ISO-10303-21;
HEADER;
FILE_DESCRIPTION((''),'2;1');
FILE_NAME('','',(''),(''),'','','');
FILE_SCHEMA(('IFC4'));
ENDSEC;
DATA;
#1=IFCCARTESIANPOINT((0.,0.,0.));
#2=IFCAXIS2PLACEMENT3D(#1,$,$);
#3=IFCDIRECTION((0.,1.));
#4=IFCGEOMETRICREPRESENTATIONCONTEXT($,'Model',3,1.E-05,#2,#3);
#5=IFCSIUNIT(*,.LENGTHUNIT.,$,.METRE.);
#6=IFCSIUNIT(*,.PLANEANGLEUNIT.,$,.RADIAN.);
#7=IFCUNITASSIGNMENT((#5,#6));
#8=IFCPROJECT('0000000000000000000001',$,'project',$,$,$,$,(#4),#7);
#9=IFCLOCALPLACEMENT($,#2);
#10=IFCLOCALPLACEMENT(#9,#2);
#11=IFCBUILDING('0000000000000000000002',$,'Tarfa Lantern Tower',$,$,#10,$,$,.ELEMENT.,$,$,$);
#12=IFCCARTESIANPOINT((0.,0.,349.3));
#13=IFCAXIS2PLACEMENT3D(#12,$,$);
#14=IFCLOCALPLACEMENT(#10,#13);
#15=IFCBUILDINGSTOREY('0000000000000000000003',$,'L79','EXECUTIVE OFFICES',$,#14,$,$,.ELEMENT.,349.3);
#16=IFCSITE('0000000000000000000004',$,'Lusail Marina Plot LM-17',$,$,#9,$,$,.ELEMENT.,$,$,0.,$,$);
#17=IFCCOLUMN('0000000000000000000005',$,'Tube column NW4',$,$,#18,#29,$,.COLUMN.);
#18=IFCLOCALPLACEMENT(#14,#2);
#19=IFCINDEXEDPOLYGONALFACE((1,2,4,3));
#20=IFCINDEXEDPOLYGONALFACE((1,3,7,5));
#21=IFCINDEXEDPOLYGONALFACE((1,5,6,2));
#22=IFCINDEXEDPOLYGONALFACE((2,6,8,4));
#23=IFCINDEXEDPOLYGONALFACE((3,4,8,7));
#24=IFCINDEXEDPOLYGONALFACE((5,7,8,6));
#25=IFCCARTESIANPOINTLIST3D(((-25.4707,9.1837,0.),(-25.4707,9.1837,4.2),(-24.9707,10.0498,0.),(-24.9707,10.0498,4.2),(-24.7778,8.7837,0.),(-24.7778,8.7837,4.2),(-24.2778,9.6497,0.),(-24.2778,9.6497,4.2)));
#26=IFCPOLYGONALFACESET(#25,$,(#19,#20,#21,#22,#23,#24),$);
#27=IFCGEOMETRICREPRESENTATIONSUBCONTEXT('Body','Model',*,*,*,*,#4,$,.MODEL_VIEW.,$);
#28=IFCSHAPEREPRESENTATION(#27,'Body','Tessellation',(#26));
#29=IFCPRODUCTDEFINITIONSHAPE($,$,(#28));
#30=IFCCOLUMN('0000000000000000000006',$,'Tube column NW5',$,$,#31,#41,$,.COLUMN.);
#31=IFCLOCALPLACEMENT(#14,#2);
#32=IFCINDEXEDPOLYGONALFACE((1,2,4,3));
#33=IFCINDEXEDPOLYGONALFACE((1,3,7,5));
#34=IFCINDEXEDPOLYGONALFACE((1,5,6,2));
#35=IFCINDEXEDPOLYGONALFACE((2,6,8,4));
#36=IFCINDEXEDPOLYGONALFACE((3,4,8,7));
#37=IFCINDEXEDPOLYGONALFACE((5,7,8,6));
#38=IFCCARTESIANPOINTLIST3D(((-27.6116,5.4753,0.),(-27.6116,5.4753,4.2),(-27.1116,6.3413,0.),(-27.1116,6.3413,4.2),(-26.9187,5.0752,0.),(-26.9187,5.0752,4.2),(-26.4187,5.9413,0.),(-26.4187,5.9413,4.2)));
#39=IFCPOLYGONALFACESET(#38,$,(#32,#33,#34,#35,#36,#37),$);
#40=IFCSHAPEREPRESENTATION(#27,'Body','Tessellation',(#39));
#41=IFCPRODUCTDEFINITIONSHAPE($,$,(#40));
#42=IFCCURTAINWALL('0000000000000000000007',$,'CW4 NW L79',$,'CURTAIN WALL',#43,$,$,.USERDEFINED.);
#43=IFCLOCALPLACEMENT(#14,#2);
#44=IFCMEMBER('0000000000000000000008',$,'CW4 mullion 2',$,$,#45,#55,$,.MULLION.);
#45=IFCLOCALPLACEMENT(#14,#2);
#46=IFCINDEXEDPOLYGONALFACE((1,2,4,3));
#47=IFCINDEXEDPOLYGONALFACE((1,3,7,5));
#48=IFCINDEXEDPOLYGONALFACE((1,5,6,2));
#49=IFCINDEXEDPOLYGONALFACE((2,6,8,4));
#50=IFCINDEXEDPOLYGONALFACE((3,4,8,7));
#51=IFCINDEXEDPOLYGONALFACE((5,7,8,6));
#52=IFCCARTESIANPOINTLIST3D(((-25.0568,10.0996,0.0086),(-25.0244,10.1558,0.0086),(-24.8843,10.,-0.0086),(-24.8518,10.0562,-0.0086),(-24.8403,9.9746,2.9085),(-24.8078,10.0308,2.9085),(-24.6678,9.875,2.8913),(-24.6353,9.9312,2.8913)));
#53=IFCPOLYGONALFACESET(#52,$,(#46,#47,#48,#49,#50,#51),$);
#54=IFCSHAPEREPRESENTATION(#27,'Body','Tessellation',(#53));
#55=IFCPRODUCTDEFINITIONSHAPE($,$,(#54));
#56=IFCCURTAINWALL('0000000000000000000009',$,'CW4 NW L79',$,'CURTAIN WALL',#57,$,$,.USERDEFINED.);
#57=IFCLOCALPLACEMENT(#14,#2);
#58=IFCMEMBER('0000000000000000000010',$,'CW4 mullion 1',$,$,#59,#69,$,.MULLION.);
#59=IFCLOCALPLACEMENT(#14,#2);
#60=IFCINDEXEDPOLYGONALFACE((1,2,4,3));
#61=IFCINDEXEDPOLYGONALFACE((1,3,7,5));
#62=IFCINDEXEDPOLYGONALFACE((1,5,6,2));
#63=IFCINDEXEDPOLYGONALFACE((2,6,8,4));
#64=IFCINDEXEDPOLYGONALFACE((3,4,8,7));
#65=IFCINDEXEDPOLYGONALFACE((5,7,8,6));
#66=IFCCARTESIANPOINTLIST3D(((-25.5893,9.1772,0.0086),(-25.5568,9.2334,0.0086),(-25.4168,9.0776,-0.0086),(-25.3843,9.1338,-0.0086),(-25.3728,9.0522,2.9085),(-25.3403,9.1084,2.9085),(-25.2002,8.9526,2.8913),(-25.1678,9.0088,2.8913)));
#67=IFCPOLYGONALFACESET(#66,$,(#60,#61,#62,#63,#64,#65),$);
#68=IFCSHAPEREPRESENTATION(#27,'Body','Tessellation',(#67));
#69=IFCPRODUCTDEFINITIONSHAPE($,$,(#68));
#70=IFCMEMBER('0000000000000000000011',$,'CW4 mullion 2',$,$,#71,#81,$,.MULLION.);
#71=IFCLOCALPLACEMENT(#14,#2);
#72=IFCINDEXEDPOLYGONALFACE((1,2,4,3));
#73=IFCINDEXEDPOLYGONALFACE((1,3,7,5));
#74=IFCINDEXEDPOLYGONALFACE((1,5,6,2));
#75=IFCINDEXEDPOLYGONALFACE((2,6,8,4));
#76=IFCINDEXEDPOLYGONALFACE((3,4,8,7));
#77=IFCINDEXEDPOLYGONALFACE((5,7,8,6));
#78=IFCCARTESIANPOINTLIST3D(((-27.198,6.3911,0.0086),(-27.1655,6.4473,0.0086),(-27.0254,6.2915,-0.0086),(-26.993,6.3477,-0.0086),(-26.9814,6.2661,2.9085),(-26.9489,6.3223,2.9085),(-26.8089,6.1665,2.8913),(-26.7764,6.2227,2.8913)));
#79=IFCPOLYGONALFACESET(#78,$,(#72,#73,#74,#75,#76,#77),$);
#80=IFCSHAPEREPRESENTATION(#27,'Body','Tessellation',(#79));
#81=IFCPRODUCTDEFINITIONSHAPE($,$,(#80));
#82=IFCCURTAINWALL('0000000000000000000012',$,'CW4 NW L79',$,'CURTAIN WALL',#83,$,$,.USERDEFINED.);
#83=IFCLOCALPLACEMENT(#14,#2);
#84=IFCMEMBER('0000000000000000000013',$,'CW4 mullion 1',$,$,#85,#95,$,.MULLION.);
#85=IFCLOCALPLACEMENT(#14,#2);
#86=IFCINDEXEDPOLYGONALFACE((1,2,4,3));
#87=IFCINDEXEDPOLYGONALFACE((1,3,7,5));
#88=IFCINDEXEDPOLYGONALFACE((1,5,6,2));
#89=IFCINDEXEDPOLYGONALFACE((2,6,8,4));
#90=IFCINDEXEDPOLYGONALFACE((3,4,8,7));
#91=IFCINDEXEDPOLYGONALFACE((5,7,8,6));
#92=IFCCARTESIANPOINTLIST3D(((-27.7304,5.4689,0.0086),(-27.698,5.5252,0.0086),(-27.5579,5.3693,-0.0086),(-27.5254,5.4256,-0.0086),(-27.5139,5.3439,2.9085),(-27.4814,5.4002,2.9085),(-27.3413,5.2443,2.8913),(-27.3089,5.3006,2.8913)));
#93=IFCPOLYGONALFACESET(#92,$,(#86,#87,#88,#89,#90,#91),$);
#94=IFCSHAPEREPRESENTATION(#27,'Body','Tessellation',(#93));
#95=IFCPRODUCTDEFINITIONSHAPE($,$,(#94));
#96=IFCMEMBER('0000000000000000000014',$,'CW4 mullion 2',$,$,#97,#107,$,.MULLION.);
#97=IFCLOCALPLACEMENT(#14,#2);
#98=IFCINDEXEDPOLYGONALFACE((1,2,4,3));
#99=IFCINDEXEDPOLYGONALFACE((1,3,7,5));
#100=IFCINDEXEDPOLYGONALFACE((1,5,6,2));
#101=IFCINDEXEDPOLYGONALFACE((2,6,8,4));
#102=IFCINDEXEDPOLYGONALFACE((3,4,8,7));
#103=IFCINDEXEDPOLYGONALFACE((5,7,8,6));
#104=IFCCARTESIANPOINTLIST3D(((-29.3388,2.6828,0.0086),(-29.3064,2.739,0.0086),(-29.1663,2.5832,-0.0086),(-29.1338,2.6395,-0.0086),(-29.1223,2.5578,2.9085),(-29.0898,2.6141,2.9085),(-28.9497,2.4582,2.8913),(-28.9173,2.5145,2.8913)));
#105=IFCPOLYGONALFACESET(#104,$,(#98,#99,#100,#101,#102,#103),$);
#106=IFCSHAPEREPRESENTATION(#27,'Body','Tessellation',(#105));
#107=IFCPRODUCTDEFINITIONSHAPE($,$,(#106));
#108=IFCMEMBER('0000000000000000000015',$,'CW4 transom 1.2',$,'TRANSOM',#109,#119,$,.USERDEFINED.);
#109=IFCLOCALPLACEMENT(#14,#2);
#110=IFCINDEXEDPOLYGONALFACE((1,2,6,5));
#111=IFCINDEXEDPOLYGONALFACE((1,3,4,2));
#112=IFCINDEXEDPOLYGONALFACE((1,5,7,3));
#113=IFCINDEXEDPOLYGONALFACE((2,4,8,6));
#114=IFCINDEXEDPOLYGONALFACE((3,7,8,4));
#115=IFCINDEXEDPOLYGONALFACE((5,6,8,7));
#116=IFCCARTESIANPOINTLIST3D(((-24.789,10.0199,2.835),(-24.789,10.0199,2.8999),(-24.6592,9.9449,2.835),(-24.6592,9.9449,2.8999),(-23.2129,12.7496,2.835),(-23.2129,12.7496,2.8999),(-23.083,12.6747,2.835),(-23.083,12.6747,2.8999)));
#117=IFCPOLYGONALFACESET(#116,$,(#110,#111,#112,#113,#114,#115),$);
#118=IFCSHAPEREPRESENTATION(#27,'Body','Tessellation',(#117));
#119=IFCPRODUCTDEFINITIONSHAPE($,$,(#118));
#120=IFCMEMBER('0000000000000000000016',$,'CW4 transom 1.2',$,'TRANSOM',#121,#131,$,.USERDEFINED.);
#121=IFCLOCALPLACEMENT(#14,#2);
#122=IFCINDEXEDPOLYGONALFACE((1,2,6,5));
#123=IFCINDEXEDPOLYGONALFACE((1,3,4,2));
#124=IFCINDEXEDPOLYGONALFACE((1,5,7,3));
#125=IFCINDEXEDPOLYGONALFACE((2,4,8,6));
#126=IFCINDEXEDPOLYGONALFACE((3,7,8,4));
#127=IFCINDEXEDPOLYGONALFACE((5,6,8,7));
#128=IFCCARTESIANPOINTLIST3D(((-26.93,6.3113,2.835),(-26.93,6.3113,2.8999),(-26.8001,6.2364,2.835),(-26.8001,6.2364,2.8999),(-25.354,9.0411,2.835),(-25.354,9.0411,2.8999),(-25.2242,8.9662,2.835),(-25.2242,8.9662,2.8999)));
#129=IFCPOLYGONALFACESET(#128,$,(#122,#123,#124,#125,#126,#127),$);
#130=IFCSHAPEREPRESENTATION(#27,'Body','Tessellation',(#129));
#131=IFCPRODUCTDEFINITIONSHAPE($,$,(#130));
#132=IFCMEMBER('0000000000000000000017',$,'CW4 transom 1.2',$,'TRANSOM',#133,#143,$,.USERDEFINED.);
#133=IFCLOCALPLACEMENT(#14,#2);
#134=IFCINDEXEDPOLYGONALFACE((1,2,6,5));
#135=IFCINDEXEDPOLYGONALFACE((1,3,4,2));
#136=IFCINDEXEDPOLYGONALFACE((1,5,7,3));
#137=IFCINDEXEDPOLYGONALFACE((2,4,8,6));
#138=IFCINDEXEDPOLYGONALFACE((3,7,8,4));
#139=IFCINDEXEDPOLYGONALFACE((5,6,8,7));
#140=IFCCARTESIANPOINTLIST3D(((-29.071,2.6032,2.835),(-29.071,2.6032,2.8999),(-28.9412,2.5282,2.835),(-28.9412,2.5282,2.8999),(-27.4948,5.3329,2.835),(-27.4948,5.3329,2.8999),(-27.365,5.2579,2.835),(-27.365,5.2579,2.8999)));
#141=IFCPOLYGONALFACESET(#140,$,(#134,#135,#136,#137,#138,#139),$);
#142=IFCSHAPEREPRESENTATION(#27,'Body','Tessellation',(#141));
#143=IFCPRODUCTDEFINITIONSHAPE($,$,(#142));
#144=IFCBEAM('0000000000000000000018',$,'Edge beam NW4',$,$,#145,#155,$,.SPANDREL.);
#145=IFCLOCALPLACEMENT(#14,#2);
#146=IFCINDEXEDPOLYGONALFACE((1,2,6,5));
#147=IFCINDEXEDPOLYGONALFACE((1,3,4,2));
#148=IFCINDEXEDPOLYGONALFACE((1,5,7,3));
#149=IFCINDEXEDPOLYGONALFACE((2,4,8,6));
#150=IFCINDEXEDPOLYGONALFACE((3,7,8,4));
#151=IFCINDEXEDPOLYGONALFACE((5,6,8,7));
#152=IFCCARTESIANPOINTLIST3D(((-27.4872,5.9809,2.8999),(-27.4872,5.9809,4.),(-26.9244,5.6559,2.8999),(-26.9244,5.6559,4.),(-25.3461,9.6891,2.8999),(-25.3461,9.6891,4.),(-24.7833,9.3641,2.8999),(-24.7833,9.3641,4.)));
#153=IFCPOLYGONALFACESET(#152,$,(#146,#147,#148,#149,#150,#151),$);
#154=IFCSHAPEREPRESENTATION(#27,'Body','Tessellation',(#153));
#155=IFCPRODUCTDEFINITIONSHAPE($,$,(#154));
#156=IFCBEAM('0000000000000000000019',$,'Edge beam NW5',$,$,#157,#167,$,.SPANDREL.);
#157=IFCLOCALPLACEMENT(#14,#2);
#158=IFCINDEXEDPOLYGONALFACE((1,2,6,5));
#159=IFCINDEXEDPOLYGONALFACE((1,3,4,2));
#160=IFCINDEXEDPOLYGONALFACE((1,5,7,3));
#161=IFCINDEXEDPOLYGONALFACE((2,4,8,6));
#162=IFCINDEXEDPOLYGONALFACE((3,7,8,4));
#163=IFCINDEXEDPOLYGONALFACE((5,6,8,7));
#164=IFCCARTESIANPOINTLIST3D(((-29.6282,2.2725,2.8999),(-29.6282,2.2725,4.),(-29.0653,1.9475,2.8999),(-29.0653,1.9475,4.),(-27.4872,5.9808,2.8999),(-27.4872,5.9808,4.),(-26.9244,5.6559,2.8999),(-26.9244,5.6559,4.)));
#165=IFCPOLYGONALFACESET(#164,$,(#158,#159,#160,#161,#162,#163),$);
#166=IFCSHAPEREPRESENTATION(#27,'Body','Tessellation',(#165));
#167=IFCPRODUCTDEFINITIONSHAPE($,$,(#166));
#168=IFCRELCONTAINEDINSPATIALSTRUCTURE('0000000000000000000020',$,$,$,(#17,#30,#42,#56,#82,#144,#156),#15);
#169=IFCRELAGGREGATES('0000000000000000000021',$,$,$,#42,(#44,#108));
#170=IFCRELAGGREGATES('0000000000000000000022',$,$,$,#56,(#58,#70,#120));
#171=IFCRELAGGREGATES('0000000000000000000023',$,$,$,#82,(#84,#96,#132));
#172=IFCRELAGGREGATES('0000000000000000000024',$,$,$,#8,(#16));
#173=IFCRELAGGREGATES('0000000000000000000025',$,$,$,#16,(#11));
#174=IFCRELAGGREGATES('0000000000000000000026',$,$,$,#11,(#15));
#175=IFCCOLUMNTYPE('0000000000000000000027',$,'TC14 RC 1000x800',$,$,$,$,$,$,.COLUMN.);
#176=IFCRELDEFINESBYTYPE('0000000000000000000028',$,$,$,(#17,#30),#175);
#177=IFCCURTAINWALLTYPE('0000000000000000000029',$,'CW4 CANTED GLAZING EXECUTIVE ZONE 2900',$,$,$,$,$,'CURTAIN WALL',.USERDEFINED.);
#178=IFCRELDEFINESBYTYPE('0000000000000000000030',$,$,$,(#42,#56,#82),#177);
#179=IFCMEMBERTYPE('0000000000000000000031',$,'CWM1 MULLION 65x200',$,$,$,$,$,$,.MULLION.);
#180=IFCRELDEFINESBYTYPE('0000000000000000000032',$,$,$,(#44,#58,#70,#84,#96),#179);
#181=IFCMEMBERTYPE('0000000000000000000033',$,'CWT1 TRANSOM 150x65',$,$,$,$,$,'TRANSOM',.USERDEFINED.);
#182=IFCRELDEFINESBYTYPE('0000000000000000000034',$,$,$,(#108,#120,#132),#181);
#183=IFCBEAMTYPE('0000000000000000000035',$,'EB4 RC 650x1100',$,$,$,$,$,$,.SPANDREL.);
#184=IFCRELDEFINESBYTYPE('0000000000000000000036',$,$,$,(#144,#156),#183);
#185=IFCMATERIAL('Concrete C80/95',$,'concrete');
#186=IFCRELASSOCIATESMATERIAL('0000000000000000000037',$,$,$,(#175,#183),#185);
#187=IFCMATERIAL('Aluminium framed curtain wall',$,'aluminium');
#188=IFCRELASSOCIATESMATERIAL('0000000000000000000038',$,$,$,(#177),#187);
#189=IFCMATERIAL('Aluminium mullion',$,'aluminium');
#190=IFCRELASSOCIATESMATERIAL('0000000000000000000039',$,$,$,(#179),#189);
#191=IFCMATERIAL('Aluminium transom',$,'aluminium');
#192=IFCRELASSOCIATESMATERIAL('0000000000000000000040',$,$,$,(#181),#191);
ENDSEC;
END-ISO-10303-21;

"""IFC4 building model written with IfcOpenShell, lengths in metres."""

from ifc_helpers import new_model, si_unit, direction, frame, origin, origin_2d, place, context, subcontext, project, spatial, rectangle, extrude, material, material_profile, profile_set, type_object, element, aggregate, save


model = new_model("IFC4")

# Units and contexts
model_context = context("Model", 3, precision=1e-05, world=origin(), true_north=direction((0.0, 1.0)))
body_context = subcontext(model_context, "Body", "Model", "MODEL_VIEW")
ifc_project = project(units=[si_unit("LENGTHUNIT", "METRE"), si_unit("PLANEANGLEUNIT", "RADIAN")], contexts=[model_context])

# Site, building, storey
site_placement = place(None, origin())
site = spatial("IfcSite", under=ifc_project, at=site_placement, Name="Lusail Marina Plot LM-17", CompositionType="ELEMENT", RefElevation=0.0)
building_placement = place(site_placement, origin())
building = spatial("IfcBuilding", under=site, at=building_placement, Name="Tarfa Lantern Tower", CompositionType="ELEMENT")
storey_placement = place(building_placement, frame((0.0, 0.0, 349.3)))
storey = spatial("IfcBuildingStorey", under=building, at=storey_placement, Name="L79", Description="EXECUTIVE OFFICES", CompositionType="ELEMENT", Elevation=349.3)

# Columns
ifc_material_1 = material(Name="Concrete C80/95", Category="concrete")
ifc_material_profile_1 = material_profile(ifc_material_1, rectangle(XDim=1.0, YDim=0.8, at=origin_2d()), Name="RC 1000x800")
ifc_profile_set_1 = profile_set([ifc_material_profile_1], Name="Concrete C80/95")
column_type = type_object("IfcColumnType", Name="TC14 RC 1000x800", PredefinedType="COLUMN", material=ifc_profile_set_1)
for number, where, z_axis, x_axis, name in (
    (1, (-24.8743, 9.4167, 0.0), (0.0, 0.0, 1.0), (-0.5, -0.866025, 0.0), "Tube column NW4"),
    (2, (-27.0151, 5.7083, 0.0), (0.0, 0.0, 1.0), (-0.5, -0.866025, 0.0), "Tube column NW5"),
):
    element("IfcColumn", number, at=place(storey_placement, frame(where, z_axis=z_axis, x_axis=x_axis)), inside=storey, type_object=column_type, Name=name, PredefinedType="COLUMN", context=body_context, shape_type="SweptSolid", body=[
        extrude(rectangle(XDim=1.0, YDim=0.8, at=origin_2d()), origin(), (0.0, 0.0, 1.0), 4.2),
    ])

# Curtain wall, member
ifc_material_2 = material(Name="Aluminium framed curtain wall", Category="aluminium")
curtain_wall_type = type_object("IfcCurtainWallType", Name="CW4 CANTED GLAZING EXECUTIVE ZONE 2900", ElementType="CURTAIN WALL", PredefinedType="USERDEFINED", material=ifc_material_2)
curtain_wall_1_placement = place(storey_placement, origin())
curtain_wall_1 = element("IfcCurtainWall", 3, at=curtain_wall_1_placement, inside=storey, type_object=curtain_wall_type, Name="CW4 NW L79", ObjectType="CURTAIN WALL", PredefinedType="USERDEFINED")
ifc_material_3 = material(Name="Aluminium mullion", Category="aluminium")
ifc_material_profile_2 = material_profile(ifc_material_3, rectangle(XDim=0.0649, YDim=0.2, at=origin_2d()), Name="AL MULLION 65x200")
ifc_profile_set_2 = profile_set([ifc_material_profile_2], Name="Aluminium mullion")
member_type_1 = type_object("IfcMemberType", Name="CWM1 MULLION 65x200", PredefinedType="MULLION", material=ifc_profile_set_2)
member_1_placement = place(storey_placement, frame((-24.9543, 10.0779, 0.0), z_axis=(0.0744, -0.042946, 0.996303), x_axis=(0.49992, 0.866072, 0.0)))
member_1 = element("IfcMember", 4, at=member_1_placement, type_object=member_type_1, Name="CW4 mullion 2", PredefinedType="MULLION", context=body_context, shape_type="SweptSolid", body=[
    extrude(rectangle(XDim=0.0649, YDim=0.2, at=origin_2d()), origin(), (0.0, 0.0, 1.0), 2.9106),
])

# Curtain walls, members
curtain_wall_2_placement = place(storey_placement, origin())
curtain_wall_2 = element("IfcCurtainWall", 5, at=curtain_wall_2_placement, inside=storey, type_object=curtain_wall_type, Name="CW4 NW L79", ObjectType="CURTAIN WALL", PredefinedType="USERDEFINED")
member_2_placement = place(storey_placement, frame((-25.4868, 9.1555, 0.0), z_axis=(0.0744, -0.042946, 0.996303), x_axis=(0.49992, 0.866072, 0.0)))
member_2 = element("IfcMember", 6, at=member_2_placement, type_object=member_type_1, Name="CW4 mullion 1", PredefinedType="MULLION", context=body_context, shape_type="SweptSolid", body=[
    extrude(rectangle(XDim=0.0649, YDim=0.2, at=origin_2d()), origin(), (0.0, 0.0, 1.0), 2.9106),
])
member_3_placement = place(storey_placement, frame((-27.0955, 6.3694, 0.0), z_axis=(0.0744, -0.042946, 0.996303), x_axis=(0.49992, 0.866072, 0.0)))
member_3 = element("IfcMember", 7, at=member_3_placement, type_object=member_type_1, Name="CW4 mullion 2", PredefinedType="MULLION", context=body_context, shape_type="SweptSolid", body=[
    extrude(rectangle(XDim=0.0649, YDim=0.2, at=origin_2d()), origin(), (0.0, 0.0, 1.0), 2.9106),
])
curtain_wall_3_placement = place(storey_placement, origin())
curtain_wall_3 = element("IfcCurtainWall", 8, at=curtain_wall_3_placement, inside=storey, type_object=curtain_wall_type, Name="CW4 NW L79", ObjectType="CURTAIN WALL", PredefinedType="USERDEFINED")
member_4_placement = place(storey_placement, frame((-27.6279, 5.4473, 0.0), z_axis=(0.0744, -0.042946, 0.996303), x_axis=(0.49992, 0.866072, 0.0)))
member_4 = element("IfcMember", 9, at=member_4_placement, type_object=member_type_1, Name="CW4 mullion 1", PredefinedType="MULLION", context=body_context, shape_type="SweptSolid", body=[
    extrude(rectangle(XDim=0.0649, YDim=0.2, at=origin_2d()), origin(), (0.0, 0.0, 1.0), 2.9106),
])
member_5_placement = place(storey_placement, frame((-29.2363, 2.6611, 0.0), z_axis=(0.0744, -0.042946, 0.996303), x_axis=(0.49992, 0.866072, 0.0)))
member_5 = element("IfcMember", 10, at=member_5_placement, type_object=member_type_1, Name="CW4 mullion 2", PredefinedType="MULLION", context=body_context, shape_type="SweptSolid", body=[
    extrude(rectangle(XDim=0.0649, YDim=0.2, at=origin_2d()), origin(), (0.0, 0.0, 1.0), 2.9106),
])

# Members
ifc_material_4 = material(Name="Aluminium transom", Category="aluminium")
ifc_material_profile_3 = material_profile(ifc_material_4, rectangle(XDim=0.1499, YDim=0.0649, at=origin_2d()), Name="AL TRANSOM 150x65")
ifc_profile_set_3 = profile_set([ifc_material_profile_3], Name="Aluminium transom")
member_type_2 = type_object("IfcMemberType", Name="CWT1 TRANSOM 150x65", ElementType="TRANSOM", PredefinedType="USERDEFINED", material=ifc_profile_set_3)
member_6_placement = place(storey_placement, frame((-23.1479, 12.7122, 2.8674), z_axis=(-0.500038, -0.866004, 0.0), x_axis=(0.866004, -0.500038, 0.0)))
member_6 = element("IfcMember", 11, at=member_6_placement, type_object=member_type_2, Name="CW4 transom 1.2", ObjectType="TRANSOM", PredefinedType="USERDEFINED", context=body_context, shape_type="SweptSolid", body=[
    extrude(rectangle(XDim=0.1499, YDim=0.0649, at=origin_2d()), origin(), (0.0, 0.0, 1.0), 3.1521),
])
aggregate(curtain_wall_1, [member_1, member_6])
member_7_placement = place(storey_placement, frame((-25.2891, 9.0037, 2.8674), z_axis=(-0.499979, -0.866037, 0.0), x_axis=(0.866037, -0.499979, 0.0)))
member_7 = element("IfcMember", 12, at=member_7_placement, type_object=member_type_2, Name="CW4 transom 1.2", ObjectType="TRANSOM", PredefinedType="USERDEFINED", context=body_context, shape_type="SweptSolid", body=[
    extrude(rectangle(XDim=0.1499, YDim=0.0649, at=origin_2d()), origin(), (0.0, 0.0, 1.0), 3.1521),
])
member_8_placement = place(storey_placement, frame((-27.4299, 5.2954, 2.8674), z_axis=(-0.500038, -0.866004, 0.0), x_axis=(0.866004, -0.500038, 0.0)))
member_8 = element("IfcMember", 13, at=member_8_placement, type_object=member_type_2, Name="CW4 transom 1.2", ObjectType="TRANSOM", PredefinedType="USERDEFINED", context=body_context, shape_type="SweptSolid", body=[
    extrude(rectangle(XDim=0.1499, YDim=0.0649, at=origin_2d()), origin(), (0.0, 0.0, 1.0), 3.1521),
])

# Beams
ifc_material_profile_4 = material_profile(ifc_material_1, rectangle(XDim=0.6499, YDim=1.1001, at=origin_2d()), Name="RC 650x1100")
ifc_profile_set_4 = profile_set([ifc_material_profile_4], Name="Concrete C80/95")
beam_type_1 = type_object("IfcBeamType", Name="EB4 RC 650x1100", PredefinedType="SPANDREL", material=ifc_profile_set_4)
for number, where, z_axis, x_axis, name in (
    (14, (-25.0647, 9.5266, 3.45), (-0.500027, -0.86601, 0.0), (0.86601, -0.500027, 0.0), "Edge beam NW4"),
    (15, (-27.2058, 5.8184, 3.45), (-0.499984, -0.866035, 0.0), (0.866035, -0.499984, 0.0), "Edge beam NW5"),
):
    element("IfcBeam", number, at=place(storey_placement, frame(where, z_axis=z_axis, x_axis=x_axis)), inside=storey, type_object=beam_type_1, Name=name, PredefinedType="SPANDREL", context=body_context, shape_type="SweptSolid", body=[
        extrude(rectangle(XDim=0.6499, YDim=1.1001, at=origin_2d()), origin(), (0.0, 0.0, 1.0), 4.282),
    ])

aggregate(curtain_wall_2, [member_2, member_3, member_7])
aggregate(curtain_wall_3, [member_4, member_5, member_8])

save(model, "model.ifc")
